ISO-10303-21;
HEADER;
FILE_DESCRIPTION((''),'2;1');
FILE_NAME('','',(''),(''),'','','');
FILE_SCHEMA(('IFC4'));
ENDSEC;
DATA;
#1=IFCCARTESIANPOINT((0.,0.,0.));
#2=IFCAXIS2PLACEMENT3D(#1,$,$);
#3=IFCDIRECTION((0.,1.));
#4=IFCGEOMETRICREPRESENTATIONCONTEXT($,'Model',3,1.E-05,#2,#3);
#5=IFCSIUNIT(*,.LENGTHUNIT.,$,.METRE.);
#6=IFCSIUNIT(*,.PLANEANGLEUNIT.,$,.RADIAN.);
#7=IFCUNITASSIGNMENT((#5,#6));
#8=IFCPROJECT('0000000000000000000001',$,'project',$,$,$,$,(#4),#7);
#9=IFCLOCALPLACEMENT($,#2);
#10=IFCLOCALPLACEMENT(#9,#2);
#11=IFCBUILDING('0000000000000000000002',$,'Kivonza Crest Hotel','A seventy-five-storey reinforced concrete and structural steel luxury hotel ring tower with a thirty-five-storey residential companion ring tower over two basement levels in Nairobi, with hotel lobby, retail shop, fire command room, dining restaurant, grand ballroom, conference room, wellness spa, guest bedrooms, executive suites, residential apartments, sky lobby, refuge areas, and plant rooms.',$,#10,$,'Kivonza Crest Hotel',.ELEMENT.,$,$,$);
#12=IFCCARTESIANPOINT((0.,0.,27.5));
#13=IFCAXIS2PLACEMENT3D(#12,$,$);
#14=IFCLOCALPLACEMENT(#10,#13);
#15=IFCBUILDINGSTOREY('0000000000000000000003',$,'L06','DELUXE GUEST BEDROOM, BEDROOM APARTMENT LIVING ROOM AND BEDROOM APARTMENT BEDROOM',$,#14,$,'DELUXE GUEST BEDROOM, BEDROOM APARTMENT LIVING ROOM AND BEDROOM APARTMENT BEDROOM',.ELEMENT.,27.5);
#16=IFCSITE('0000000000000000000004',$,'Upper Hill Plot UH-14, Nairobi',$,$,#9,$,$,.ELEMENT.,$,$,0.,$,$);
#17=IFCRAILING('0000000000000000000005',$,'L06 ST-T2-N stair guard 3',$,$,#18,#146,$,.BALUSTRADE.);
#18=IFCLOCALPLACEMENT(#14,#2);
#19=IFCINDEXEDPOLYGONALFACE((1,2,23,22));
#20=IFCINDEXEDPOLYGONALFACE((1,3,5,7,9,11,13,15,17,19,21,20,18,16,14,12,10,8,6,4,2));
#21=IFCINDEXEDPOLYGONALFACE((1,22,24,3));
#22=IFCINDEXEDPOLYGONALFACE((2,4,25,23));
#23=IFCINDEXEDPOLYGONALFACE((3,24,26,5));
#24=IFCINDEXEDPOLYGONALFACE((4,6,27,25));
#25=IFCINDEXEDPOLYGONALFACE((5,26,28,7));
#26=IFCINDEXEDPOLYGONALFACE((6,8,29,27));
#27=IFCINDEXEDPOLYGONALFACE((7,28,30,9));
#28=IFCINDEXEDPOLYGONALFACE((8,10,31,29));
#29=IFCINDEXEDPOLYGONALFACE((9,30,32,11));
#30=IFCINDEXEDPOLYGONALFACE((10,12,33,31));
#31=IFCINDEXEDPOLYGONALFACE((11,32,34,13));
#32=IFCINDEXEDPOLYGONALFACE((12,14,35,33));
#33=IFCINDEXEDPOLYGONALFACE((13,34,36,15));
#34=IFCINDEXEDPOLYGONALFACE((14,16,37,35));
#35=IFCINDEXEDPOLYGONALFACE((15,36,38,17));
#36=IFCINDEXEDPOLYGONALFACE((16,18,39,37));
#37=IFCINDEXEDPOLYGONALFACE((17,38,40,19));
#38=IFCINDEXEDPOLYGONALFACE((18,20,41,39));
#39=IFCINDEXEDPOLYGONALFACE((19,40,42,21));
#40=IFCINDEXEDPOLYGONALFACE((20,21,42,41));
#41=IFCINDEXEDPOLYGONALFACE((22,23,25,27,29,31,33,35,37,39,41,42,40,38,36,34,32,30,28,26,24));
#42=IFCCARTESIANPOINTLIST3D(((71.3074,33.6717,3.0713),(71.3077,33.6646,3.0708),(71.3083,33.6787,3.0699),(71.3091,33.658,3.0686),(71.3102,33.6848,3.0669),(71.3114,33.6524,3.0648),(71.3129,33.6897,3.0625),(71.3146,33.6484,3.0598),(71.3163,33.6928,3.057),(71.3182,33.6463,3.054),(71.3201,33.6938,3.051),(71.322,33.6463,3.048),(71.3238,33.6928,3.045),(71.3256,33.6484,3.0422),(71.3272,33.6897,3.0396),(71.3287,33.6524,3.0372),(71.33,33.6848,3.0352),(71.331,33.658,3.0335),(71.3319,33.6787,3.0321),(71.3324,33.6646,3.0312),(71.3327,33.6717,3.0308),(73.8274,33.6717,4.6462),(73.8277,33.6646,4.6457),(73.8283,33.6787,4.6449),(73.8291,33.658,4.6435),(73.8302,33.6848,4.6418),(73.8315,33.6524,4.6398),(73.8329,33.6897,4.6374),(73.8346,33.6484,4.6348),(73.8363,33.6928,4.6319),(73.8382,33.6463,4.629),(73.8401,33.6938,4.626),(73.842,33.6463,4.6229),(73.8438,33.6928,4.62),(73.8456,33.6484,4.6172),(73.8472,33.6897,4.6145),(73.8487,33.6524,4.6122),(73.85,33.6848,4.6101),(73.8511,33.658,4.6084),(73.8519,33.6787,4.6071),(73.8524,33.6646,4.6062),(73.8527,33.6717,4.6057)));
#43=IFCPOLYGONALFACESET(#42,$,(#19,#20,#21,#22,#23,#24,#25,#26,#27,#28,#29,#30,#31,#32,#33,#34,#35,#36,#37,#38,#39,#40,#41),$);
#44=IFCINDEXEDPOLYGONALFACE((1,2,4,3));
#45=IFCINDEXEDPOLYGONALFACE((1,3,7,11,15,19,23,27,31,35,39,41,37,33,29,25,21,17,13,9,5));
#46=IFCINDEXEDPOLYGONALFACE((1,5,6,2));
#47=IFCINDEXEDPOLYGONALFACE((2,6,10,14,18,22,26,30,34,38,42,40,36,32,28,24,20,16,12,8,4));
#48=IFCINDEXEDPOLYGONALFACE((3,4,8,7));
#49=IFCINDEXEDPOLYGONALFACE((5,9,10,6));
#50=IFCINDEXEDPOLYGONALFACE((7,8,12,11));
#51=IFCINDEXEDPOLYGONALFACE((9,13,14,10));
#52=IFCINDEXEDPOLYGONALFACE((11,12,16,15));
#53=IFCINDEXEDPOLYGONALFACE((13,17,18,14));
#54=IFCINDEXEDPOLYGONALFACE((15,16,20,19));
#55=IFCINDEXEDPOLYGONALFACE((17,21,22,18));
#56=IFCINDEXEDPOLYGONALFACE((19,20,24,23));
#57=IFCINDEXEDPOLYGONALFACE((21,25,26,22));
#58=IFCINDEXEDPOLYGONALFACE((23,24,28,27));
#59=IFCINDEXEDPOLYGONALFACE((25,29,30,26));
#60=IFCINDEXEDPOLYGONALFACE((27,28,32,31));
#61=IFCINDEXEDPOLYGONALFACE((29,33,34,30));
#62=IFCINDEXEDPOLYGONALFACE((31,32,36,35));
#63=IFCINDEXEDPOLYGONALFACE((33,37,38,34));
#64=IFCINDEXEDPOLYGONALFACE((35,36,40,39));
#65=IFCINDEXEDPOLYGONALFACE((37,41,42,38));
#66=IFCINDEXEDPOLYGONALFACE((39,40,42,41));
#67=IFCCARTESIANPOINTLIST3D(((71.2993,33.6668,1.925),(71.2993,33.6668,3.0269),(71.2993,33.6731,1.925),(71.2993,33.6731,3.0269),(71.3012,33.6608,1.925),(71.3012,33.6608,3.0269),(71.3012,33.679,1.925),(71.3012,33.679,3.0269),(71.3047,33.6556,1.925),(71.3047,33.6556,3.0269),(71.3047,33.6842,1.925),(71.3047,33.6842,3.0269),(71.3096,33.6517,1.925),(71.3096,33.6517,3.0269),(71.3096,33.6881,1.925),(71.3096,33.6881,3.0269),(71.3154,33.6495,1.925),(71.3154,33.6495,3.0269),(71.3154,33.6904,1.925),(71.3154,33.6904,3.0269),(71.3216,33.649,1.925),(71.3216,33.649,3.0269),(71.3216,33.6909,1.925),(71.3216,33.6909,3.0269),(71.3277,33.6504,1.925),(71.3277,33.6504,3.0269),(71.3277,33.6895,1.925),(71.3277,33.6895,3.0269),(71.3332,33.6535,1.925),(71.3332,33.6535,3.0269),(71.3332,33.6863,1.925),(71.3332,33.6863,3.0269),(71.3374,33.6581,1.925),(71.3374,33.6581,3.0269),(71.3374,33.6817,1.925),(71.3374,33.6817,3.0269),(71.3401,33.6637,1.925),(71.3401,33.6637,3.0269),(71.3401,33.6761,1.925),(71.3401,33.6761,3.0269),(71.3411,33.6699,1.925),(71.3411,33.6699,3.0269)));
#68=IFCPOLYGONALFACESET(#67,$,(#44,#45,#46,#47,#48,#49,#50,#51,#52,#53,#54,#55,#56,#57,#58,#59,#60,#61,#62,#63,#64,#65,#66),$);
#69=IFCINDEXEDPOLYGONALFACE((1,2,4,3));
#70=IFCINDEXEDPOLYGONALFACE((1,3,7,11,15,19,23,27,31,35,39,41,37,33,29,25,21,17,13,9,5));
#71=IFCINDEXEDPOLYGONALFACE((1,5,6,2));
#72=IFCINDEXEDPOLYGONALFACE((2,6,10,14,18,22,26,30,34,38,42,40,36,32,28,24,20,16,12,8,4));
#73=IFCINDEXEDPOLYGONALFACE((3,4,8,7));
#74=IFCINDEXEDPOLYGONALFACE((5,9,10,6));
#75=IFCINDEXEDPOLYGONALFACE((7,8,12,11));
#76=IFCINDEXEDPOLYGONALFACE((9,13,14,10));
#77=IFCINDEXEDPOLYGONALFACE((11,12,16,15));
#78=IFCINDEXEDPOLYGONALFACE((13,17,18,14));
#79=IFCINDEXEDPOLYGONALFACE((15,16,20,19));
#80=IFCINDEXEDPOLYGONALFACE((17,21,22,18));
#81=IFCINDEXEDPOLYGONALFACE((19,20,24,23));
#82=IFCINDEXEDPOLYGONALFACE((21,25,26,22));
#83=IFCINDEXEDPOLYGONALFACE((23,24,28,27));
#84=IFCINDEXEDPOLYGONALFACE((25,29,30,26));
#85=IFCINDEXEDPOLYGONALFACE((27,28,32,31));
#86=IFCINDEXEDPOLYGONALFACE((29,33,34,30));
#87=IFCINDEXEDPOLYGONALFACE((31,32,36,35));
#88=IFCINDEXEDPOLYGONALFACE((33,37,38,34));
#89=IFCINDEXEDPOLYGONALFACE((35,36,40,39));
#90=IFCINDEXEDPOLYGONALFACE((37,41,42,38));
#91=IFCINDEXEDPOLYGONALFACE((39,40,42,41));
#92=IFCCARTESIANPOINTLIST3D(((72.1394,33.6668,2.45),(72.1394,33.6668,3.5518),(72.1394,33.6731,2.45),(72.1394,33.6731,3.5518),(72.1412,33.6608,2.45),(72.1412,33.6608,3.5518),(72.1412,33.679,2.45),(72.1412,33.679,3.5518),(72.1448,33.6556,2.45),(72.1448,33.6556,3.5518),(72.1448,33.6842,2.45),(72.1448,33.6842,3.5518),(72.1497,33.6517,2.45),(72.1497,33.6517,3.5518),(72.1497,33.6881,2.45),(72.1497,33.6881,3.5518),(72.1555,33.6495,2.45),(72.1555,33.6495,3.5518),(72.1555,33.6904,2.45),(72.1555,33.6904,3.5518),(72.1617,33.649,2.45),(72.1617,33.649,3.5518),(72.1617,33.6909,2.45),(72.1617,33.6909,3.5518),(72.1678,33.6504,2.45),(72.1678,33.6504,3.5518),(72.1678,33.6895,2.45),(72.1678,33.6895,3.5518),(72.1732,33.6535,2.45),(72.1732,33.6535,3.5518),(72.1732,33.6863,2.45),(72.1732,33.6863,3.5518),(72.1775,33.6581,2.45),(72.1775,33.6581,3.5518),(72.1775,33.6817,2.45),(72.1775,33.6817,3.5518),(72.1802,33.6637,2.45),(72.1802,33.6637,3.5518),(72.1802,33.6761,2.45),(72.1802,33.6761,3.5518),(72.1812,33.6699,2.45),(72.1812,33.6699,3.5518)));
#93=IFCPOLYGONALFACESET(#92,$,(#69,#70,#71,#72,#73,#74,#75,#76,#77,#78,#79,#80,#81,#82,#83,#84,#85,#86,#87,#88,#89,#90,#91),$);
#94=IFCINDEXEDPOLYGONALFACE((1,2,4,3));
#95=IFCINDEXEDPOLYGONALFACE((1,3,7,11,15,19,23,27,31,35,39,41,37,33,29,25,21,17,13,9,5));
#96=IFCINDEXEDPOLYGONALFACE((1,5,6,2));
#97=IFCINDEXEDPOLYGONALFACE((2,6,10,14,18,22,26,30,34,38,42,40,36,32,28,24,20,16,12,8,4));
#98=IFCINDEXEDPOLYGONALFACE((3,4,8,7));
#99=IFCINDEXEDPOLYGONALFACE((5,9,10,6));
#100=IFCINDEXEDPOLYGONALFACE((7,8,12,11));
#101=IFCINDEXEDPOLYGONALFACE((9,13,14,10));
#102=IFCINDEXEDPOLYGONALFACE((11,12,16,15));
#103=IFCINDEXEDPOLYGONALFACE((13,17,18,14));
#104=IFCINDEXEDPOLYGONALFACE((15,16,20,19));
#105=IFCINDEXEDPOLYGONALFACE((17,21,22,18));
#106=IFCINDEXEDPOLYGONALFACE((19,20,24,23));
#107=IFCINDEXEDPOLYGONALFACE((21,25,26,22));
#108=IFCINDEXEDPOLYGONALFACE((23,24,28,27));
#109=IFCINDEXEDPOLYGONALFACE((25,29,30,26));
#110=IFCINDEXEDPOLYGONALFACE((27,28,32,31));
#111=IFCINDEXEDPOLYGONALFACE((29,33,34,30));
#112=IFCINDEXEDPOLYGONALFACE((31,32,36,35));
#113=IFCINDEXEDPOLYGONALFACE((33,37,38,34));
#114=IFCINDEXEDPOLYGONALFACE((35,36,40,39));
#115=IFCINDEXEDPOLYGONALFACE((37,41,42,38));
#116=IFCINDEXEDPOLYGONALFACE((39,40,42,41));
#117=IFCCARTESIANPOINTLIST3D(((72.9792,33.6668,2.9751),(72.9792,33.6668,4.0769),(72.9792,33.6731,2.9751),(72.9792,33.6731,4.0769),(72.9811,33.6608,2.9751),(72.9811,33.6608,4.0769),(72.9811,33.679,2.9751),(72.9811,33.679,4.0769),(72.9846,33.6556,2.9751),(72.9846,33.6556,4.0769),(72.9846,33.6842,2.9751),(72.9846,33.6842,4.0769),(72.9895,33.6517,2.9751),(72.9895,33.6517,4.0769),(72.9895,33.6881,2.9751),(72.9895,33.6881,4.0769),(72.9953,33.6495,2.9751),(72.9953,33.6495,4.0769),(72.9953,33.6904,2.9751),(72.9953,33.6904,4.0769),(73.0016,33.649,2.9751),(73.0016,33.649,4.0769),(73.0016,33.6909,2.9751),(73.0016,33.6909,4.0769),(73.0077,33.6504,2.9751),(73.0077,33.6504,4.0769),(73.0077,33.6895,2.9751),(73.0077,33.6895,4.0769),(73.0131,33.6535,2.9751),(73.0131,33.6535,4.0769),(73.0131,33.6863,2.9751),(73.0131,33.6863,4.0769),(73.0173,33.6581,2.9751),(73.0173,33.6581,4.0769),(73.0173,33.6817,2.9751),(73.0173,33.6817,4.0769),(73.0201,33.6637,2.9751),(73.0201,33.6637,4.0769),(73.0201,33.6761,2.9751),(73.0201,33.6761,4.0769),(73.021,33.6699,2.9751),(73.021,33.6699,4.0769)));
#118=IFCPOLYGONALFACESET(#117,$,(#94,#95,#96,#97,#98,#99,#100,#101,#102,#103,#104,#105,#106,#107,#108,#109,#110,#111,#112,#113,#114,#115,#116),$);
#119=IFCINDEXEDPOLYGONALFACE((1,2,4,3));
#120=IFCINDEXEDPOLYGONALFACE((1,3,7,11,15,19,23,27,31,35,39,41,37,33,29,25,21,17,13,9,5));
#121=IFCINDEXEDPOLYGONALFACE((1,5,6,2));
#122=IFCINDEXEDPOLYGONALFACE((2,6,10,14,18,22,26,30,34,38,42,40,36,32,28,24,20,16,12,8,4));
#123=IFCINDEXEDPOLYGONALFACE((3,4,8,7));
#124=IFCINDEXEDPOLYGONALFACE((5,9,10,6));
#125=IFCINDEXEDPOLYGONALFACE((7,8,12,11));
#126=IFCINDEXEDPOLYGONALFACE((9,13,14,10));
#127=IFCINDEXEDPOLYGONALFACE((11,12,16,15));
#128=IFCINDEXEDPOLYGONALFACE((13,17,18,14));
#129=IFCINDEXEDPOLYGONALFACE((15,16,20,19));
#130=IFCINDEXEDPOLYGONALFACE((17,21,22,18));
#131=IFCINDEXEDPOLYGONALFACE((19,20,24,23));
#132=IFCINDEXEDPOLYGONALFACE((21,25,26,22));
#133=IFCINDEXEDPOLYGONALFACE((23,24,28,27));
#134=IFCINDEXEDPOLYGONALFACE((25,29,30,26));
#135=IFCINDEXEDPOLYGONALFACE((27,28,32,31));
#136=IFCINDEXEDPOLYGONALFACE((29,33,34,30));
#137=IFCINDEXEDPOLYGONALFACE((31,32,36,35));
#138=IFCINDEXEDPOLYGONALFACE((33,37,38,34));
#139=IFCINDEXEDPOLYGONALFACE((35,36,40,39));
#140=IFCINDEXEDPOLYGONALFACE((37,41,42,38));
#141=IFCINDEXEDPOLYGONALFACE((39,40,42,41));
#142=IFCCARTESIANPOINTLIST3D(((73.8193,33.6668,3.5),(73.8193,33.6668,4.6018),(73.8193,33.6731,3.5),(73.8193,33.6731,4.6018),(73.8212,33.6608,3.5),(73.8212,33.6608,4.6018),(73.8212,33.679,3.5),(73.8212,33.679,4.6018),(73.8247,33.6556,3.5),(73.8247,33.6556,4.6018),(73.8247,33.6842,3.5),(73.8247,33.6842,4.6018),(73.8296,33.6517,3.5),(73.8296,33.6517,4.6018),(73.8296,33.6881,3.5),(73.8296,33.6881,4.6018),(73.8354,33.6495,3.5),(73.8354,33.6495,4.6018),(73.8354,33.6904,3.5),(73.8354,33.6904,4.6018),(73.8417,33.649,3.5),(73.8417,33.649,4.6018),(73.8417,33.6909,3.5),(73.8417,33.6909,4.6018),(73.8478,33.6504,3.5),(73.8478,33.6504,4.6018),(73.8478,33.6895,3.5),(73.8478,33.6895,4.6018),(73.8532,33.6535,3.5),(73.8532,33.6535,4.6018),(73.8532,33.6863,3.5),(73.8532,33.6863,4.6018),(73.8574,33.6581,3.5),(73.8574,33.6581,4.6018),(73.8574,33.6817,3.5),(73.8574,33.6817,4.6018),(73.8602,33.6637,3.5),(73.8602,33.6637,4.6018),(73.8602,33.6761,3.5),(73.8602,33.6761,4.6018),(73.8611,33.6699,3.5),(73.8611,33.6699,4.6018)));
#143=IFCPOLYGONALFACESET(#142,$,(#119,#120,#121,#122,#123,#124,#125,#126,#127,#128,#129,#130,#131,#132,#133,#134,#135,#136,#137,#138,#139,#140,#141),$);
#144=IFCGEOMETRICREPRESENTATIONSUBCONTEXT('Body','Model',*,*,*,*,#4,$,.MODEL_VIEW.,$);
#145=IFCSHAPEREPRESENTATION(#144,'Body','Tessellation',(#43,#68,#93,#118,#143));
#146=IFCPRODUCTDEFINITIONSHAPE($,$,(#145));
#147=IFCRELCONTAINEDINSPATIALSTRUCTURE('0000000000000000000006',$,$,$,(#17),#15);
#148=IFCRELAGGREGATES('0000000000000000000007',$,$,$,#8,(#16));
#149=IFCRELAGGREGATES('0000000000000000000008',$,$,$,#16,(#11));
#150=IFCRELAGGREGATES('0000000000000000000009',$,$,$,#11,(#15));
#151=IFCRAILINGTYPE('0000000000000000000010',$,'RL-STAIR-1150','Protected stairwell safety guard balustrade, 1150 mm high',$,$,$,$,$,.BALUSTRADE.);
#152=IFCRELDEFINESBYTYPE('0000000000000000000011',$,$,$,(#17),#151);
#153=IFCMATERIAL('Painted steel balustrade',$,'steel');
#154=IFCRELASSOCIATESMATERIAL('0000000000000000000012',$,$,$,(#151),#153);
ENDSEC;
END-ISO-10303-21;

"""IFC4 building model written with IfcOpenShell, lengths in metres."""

from ifc_helpers import new_model, si_unit, direction, frame, origin, origin_2d, place, context, subcontext, project, spatial, circle, extrude, material, type_object, element, save


model = new_model("IFC4")

# Units and contexts
model_context = context("Model", 3, precision=1e-05, world=origin(), true_north=direction((0.0, 1.0)))
body_context = subcontext(model_context, "Body", "Model", "MODEL_VIEW")
ifc_project = project(units=[si_unit("LENGTHUNIT", "METRE"), si_unit("PLANEANGLEUNIT", "RADIAN")], contexts=[model_context])

# Site, building, storey
site_placement = place(None, origin())
site = spatial("IfcSite", under=ifc_project, at=site_placement, Name="Upper Hill Plot UH-14, Nairobi", CompositionType="ELEMENT", RefElevation=0.0)
building_placement = place(site_placement, origin())
building = spatial("IfcBuilding", under=site, at=building_placement, Name="Kivonza Crest Hotel", Description="A seventy-five-storey reinforced concrete and structural steel luxury hotel ring tower with a thirty-five-storey residential companion ring tower over two basement levels in Nairobi, with hotel lobby, retail shop, fire command room, dining restaurant, grand ballroom, conference room, wellness spa, guest bedrooms, executive suites, residential apartments, sky lobby, refuge areas, and plant rooms.", LongName="Kivonza Crest Hotel", CompositionType="ELEMENT")
storey_placement = place(building_placement, frame((0.0, 0.0, 27.5)))
storey = spatial("IfcBuildingStorey", under=building, at=storey_placement, Name="L06", Description="DELUXE GUEST BEDROOM, BEDROOM APARTMENT LIVING ROOM AND BEDROOM APARTMENT BEDROOM", LongName="DELUXE GUEST BEDROOM, BEDROOM APARTMENT LIVING ROOM AND BEDROOM APARTMENT BEDROOM", CompositionType="ELEMENT", Elevation=27.5)

# Railing
ifc_material_1 = material(Name="Painted steel balustrade", Category="steel")
railing_type = type_object("IfcRailingType", Name="RL-STAIR-1150", Description="Protected stairwell safety guard balustrade, 1150 mm high", PredefinedType="BALUSTRADE", material=ifc_material_1)
railing_1_placement = place(storey_placement, frame((71.3201, 33.6699, 1.925)))
element("IfcRailing", 1, at=railing_1_placement, inside=storey, type_object=railing_type, Name="L06 ST-T2-N stair guard 3", PredefinedType="BALUSTRADE", context=body_context, shape_type="SweptSolid", body=[
    extrude(circle(Radius=0.0239, at=origin_2d()), frame((0.0, 0.0, 1.126), z_axis=(0.848008, 0.0, 0.529984), x_axis=(0.0, 1.0, 0.0)), (0.0, 0.0, 1.0), 2.9717),
    extrude(circle(Radius=0.021, at=origin_2d()), origin(), (0.0, 0.0, 1.0), 1.1018),
    extrude(circle(Radius=0.021, at=origin_2d()), frame((0.8401, 0.0, 0.5249)), (0.0, 0.0, 1.0), 1.1018),
    extrude(circle(Radius=0.021, at=origin_2d()), frame((1.6799, 0.0, 1.05)), (0.0, 0.0, 1.0), 1.1018),
    extrude(circle(Radius=0.021, at=origin_2d()), frame((2.52, 0.0, 1.575)), (0.0, 0.0, 1.0), 1.1018),
])

save(model, "model.ifc")
